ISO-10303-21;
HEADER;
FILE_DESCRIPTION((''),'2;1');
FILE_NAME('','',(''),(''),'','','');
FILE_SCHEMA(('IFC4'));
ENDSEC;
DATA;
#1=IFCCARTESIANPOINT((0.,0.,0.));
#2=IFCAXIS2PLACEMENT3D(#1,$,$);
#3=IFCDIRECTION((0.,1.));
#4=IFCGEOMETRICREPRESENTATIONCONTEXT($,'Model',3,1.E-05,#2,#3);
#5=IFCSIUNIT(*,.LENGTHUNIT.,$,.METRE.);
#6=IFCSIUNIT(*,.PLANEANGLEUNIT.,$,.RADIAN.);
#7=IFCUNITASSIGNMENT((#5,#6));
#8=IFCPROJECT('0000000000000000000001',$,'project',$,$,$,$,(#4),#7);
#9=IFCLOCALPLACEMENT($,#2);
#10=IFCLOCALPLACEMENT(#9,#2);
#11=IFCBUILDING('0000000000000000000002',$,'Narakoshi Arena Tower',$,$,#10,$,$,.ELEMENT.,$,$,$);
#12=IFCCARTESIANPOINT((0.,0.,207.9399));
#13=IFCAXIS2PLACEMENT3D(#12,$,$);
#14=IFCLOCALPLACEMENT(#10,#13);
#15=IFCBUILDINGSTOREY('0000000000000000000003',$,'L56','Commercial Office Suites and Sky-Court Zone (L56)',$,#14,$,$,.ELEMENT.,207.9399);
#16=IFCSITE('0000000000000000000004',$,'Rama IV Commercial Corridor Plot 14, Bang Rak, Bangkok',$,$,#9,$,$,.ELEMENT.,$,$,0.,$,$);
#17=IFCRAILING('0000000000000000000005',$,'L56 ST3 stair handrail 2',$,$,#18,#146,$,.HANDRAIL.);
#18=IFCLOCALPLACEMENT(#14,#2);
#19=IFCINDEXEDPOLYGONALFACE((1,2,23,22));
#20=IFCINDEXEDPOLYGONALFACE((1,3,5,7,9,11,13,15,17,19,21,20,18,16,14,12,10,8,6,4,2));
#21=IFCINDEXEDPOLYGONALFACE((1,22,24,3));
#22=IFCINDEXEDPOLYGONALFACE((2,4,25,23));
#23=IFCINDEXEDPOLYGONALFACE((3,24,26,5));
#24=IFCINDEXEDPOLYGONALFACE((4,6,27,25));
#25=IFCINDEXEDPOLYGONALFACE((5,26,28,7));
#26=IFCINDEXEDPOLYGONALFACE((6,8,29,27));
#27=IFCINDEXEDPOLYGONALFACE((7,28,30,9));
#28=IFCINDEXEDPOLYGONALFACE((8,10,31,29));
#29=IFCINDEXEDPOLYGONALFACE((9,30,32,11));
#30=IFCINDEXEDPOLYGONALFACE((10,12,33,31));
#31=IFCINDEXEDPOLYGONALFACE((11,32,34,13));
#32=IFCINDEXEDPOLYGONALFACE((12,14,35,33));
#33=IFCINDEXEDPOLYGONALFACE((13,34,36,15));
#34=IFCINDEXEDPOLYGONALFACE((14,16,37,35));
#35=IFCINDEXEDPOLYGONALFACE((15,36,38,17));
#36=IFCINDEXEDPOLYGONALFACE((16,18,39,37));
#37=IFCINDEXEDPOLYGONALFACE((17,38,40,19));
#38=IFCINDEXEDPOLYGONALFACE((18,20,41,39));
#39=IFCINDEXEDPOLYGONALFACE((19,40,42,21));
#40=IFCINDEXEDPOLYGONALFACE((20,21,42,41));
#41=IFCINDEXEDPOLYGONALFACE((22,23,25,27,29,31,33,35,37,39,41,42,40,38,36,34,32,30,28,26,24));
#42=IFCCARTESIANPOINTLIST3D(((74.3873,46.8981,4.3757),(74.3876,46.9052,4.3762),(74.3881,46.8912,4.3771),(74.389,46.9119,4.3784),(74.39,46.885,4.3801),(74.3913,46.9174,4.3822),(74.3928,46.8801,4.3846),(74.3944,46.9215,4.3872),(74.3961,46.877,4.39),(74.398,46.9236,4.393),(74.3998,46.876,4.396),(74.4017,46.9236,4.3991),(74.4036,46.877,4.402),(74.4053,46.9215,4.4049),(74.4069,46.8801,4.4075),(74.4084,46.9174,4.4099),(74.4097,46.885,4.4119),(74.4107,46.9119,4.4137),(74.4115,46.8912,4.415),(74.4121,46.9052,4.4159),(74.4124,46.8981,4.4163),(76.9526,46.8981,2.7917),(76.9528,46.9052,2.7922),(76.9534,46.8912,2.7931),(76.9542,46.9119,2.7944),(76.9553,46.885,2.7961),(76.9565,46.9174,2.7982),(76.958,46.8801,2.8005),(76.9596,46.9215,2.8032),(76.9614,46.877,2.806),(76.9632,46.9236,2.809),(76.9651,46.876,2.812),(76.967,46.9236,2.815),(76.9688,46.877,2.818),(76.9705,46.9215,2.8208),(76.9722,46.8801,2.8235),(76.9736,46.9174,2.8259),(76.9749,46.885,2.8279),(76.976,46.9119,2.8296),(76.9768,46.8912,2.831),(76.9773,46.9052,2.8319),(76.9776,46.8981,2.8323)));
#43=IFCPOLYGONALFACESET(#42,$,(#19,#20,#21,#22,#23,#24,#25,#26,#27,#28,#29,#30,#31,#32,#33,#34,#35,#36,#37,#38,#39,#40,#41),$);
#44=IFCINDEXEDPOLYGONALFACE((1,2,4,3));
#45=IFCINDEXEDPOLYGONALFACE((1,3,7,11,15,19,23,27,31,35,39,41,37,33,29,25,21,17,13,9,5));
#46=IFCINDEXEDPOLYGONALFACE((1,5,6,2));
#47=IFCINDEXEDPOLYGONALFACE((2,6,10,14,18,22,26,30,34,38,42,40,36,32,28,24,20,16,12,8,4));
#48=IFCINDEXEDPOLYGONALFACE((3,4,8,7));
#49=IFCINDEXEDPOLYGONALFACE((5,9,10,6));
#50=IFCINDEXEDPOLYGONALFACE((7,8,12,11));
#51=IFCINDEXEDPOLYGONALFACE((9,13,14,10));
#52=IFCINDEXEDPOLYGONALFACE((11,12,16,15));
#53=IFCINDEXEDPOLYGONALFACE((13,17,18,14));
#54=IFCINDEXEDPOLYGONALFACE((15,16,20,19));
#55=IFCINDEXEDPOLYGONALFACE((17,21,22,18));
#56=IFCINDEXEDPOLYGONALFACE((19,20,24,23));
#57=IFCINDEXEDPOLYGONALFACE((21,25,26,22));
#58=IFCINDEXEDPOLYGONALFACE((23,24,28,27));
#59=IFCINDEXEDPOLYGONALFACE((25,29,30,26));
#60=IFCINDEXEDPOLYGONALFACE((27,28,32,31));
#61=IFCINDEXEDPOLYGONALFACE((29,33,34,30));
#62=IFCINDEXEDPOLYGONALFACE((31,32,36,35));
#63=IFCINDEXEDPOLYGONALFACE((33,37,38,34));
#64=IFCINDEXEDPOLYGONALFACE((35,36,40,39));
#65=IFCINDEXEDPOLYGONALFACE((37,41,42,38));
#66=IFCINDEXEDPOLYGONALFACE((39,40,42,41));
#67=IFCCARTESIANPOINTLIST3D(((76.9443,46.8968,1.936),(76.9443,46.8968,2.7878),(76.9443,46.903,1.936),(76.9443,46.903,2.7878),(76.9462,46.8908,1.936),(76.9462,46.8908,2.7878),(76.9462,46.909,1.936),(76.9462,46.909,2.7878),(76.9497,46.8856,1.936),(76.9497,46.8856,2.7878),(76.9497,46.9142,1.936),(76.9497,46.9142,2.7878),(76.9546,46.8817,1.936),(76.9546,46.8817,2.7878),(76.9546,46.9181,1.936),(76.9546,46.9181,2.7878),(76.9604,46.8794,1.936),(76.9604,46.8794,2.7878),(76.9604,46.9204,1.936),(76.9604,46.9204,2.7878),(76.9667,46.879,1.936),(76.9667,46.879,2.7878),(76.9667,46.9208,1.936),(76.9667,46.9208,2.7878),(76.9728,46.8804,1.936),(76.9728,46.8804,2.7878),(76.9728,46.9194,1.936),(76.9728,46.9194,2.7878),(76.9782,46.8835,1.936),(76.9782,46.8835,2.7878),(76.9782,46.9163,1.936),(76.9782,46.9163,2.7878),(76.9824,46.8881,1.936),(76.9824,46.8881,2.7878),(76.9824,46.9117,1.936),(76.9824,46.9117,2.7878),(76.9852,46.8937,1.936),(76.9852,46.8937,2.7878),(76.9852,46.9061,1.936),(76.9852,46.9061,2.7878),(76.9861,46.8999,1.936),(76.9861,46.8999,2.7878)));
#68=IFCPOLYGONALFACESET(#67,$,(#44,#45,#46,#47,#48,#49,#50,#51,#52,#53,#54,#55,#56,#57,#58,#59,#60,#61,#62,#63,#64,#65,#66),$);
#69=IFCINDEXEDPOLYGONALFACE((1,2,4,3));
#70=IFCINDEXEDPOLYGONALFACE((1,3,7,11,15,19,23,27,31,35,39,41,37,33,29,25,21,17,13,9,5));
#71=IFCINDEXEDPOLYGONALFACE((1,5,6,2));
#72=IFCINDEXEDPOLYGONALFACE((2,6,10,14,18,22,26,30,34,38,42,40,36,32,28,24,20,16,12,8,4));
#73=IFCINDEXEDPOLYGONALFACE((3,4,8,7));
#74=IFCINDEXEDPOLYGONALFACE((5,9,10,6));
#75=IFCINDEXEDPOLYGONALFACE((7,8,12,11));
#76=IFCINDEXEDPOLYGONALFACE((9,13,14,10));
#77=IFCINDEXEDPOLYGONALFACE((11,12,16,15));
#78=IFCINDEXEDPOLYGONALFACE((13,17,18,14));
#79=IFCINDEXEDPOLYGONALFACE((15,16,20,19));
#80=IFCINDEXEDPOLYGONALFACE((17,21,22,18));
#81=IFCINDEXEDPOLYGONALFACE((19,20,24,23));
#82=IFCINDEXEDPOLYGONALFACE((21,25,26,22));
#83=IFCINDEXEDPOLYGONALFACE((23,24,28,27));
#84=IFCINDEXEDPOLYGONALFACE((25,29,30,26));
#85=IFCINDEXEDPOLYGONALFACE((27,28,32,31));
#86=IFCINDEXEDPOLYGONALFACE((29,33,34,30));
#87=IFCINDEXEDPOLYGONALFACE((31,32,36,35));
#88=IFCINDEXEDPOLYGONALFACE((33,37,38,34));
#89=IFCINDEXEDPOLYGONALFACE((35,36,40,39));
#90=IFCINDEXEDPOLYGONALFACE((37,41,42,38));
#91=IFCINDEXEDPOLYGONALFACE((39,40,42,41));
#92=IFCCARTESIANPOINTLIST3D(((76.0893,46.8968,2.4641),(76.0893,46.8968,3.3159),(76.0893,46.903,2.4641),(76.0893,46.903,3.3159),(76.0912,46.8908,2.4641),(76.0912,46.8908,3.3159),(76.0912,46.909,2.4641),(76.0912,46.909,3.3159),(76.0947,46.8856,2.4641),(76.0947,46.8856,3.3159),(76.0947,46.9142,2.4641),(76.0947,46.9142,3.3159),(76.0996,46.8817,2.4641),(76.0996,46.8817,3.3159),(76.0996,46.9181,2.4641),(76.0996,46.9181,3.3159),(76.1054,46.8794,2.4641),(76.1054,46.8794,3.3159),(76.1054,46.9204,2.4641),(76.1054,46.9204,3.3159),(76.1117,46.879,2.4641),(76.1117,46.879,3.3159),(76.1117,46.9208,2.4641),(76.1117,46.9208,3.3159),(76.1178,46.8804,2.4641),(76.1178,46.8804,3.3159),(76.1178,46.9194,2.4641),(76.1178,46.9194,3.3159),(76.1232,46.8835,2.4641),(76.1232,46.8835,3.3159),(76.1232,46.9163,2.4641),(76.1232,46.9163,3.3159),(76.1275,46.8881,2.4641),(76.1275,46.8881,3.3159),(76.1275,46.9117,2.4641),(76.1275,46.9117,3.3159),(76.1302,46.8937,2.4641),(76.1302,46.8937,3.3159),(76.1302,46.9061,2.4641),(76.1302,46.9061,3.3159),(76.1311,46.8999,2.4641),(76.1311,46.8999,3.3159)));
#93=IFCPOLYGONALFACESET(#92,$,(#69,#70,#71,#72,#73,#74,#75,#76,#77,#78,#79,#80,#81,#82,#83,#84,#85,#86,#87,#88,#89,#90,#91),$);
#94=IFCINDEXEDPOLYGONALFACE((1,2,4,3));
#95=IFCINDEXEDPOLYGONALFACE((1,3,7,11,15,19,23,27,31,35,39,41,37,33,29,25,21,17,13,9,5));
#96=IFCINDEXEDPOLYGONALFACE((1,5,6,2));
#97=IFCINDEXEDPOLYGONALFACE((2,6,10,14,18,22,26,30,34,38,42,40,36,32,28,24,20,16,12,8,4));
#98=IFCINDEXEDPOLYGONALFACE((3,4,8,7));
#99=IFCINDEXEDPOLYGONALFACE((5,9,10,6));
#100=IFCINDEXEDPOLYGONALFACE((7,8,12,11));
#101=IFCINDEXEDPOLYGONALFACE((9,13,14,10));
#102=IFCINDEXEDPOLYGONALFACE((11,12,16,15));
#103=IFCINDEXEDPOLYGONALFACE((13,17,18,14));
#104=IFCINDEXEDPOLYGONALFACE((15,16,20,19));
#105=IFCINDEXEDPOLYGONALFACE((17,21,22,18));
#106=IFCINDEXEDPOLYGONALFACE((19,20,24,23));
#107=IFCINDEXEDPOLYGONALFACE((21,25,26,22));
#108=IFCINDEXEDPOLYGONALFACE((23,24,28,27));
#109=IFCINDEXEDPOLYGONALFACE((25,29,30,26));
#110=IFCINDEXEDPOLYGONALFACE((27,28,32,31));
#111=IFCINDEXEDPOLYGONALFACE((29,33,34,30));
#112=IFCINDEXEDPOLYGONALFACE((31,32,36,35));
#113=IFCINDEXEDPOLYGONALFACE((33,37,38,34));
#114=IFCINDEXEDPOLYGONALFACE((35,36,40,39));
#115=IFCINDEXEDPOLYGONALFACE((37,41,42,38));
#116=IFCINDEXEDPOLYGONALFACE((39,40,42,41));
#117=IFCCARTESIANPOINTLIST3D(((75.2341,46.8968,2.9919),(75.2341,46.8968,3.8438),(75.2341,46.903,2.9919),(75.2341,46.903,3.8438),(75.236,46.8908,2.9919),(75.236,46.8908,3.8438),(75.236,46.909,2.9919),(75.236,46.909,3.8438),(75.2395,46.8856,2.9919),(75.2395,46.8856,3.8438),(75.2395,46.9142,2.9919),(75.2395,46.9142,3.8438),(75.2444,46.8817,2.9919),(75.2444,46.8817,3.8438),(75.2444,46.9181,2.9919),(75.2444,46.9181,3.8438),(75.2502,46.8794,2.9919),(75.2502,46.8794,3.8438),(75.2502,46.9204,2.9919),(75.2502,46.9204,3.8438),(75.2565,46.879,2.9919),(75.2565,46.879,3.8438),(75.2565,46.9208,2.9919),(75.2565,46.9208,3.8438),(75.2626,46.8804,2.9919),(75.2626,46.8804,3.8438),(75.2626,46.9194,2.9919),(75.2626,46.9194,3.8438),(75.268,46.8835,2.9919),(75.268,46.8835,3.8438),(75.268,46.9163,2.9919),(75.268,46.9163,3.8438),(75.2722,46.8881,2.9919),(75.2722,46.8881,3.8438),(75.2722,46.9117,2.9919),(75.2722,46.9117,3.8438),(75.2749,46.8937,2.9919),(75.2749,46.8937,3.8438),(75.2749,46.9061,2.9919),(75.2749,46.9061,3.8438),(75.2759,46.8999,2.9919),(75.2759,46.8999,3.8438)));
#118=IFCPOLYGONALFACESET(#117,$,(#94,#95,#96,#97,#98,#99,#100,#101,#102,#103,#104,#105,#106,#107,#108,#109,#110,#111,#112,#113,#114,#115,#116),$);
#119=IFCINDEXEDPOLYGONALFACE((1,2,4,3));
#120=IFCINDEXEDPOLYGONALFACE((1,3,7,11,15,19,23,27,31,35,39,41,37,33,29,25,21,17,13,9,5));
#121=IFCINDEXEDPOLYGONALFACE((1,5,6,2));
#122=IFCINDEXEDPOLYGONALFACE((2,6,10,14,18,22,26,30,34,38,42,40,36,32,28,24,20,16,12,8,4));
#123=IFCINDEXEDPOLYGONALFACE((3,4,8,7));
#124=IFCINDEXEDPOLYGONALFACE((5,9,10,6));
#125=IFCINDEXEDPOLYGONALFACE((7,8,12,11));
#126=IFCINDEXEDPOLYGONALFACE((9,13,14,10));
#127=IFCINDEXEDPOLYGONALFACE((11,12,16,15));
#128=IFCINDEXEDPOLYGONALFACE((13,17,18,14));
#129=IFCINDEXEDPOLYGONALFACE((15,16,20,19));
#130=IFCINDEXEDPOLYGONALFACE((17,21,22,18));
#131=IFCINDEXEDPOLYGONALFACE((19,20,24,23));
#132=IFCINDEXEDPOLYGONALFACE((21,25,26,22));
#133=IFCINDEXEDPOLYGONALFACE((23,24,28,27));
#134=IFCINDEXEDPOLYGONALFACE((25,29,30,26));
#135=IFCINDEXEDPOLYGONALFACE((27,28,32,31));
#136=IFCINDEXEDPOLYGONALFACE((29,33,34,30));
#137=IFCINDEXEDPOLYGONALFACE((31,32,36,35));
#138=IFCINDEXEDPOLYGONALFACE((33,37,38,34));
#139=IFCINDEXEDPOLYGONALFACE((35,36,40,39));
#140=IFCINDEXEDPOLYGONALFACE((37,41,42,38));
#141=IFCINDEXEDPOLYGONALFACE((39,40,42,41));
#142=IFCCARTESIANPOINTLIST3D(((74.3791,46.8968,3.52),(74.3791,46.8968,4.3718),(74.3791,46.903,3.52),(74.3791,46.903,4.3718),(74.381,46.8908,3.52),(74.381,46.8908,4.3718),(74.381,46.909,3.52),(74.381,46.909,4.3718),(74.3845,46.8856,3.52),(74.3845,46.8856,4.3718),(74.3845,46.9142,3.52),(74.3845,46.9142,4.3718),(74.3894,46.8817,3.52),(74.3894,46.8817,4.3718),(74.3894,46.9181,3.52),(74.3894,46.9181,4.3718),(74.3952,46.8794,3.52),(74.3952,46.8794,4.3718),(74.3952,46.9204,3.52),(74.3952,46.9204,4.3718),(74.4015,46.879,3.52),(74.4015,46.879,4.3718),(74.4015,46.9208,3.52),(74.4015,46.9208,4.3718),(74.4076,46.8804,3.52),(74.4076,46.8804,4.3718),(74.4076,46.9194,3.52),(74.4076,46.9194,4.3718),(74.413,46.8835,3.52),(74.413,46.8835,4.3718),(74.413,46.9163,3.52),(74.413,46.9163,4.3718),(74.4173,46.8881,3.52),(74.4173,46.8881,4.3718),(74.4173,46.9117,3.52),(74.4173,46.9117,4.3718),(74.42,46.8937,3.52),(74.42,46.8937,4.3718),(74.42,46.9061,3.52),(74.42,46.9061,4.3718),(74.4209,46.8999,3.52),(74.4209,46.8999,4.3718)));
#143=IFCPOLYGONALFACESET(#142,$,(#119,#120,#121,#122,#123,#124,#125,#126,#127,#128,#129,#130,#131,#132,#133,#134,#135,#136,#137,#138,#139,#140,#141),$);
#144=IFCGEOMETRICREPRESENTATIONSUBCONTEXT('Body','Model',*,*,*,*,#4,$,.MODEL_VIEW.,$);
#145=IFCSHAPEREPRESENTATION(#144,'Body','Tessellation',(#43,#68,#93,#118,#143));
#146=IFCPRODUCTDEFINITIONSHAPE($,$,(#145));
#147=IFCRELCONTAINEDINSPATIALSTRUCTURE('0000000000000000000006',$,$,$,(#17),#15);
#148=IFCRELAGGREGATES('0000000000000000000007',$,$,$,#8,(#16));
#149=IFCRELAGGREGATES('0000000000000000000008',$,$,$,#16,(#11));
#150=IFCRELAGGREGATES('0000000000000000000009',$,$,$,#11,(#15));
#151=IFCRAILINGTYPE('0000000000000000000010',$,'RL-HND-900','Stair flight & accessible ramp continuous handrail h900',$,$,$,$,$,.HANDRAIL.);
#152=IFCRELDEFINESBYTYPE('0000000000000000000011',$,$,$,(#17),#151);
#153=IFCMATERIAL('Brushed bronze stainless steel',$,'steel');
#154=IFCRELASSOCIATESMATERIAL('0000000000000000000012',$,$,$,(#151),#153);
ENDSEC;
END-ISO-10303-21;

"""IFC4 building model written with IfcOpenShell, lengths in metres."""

from ifc_helpers import new_model, si_unit, direction, frame, origin, origin_2d, place, context, subcontext, project, spatial, circle, extrude, material, type_object, element, save


model = new_model("IFC4")

# Units and contexts
model_context = context("Model", 3, precision=1e-05, world=origin(), true_north=direction((0.0, 1.0)))
body_context = subcontext(model_context, "Body", "Model", "MODEL_VIEW")
ifc_project = project(units=[si_unit("LENGTHUNIT", "METRE"), si_unit("PLANEANGLEUNIT", "RADIAN")], contexts=[model_context])

# Site, building, storey
site_placement = place(None, origin())
site = spatial("IfcSite", under=ifc_project, at=site_placement, Name="Rama IV Commercial Corridor Plot 14, Bang Rak, Bangkok", CompositionType="ELEMENT", RefElevation=0.0)
building_placement = place(site_placement, origin())
building = spatial("IfcBuilding", under=site, at=building_placement, Name="Narakoshi Arena Tower", CompositionType="ELEMENT")
storey_placement = place(building_placement, frame((0.0, 0.0, 207.9399)))
storey = spatial("IfcBuildingStorey", under=building, at=storey_placement, Name="L56", Description="Commercial Office Suites and Sky-Court Zone (L56)", CompositionType="ELEMENT", Elevation=207.9399)

# Shared definitions
ifc_material_1 = material(Name="Brushed bronze stainless steel", Category="steel")

# Railing
railing_type = type_object("IfcRailingType", Name="RL-HND-900", Description="Stair flight & accessible ramp continuous handrail h900", PredefinedType="HANDRAIL", material=ifc_material_1)
railing_placement = place(storey_placement, frame((76.9651, 46.8999, 1.936)))
element("IfcRailing", 1, at=railing_placement, inside=storey, type_object=railing_type, Name="L56 ST3 stair handrail 2", PredefinedType="HANDRAIL", context=body_context, shape_type="SweptSolid", body=[
    extrude(circle(Radius=0.0239, at=origin_2d()), frame((0.0, 0.0, 0.876), z_axis=(-0.850857, 0.0, 0.525398), x_axis=(0.0, -1.0, 0.0)), (0.0, 0.0, 1.0), 3.0149),
    extrude(circle(Radius=0.021, at=origin_2d()), origin(), (0.0, 0.0, 1.0), 0.8518),
    extrude(circle(Radius=0.021, at=origin_2d()), frame((-0.855, 0.0, 0.5281)), (0.0, 0.0, 1.0), 0.8518),
    extrude(circle(Radius=0.021, at=origin_2d()), frame((-1.7102, 0.0, 1.0559)), (0.0, 0.0, 1.0), 0.8518),
    extrude(circle(Radius=0.021, at=origin_2d()), frame((-2.5652, 0.0, 1.584)), (0.0, 0.0, 1.0), 0.8518),
])

save(model, "model.ifc")
